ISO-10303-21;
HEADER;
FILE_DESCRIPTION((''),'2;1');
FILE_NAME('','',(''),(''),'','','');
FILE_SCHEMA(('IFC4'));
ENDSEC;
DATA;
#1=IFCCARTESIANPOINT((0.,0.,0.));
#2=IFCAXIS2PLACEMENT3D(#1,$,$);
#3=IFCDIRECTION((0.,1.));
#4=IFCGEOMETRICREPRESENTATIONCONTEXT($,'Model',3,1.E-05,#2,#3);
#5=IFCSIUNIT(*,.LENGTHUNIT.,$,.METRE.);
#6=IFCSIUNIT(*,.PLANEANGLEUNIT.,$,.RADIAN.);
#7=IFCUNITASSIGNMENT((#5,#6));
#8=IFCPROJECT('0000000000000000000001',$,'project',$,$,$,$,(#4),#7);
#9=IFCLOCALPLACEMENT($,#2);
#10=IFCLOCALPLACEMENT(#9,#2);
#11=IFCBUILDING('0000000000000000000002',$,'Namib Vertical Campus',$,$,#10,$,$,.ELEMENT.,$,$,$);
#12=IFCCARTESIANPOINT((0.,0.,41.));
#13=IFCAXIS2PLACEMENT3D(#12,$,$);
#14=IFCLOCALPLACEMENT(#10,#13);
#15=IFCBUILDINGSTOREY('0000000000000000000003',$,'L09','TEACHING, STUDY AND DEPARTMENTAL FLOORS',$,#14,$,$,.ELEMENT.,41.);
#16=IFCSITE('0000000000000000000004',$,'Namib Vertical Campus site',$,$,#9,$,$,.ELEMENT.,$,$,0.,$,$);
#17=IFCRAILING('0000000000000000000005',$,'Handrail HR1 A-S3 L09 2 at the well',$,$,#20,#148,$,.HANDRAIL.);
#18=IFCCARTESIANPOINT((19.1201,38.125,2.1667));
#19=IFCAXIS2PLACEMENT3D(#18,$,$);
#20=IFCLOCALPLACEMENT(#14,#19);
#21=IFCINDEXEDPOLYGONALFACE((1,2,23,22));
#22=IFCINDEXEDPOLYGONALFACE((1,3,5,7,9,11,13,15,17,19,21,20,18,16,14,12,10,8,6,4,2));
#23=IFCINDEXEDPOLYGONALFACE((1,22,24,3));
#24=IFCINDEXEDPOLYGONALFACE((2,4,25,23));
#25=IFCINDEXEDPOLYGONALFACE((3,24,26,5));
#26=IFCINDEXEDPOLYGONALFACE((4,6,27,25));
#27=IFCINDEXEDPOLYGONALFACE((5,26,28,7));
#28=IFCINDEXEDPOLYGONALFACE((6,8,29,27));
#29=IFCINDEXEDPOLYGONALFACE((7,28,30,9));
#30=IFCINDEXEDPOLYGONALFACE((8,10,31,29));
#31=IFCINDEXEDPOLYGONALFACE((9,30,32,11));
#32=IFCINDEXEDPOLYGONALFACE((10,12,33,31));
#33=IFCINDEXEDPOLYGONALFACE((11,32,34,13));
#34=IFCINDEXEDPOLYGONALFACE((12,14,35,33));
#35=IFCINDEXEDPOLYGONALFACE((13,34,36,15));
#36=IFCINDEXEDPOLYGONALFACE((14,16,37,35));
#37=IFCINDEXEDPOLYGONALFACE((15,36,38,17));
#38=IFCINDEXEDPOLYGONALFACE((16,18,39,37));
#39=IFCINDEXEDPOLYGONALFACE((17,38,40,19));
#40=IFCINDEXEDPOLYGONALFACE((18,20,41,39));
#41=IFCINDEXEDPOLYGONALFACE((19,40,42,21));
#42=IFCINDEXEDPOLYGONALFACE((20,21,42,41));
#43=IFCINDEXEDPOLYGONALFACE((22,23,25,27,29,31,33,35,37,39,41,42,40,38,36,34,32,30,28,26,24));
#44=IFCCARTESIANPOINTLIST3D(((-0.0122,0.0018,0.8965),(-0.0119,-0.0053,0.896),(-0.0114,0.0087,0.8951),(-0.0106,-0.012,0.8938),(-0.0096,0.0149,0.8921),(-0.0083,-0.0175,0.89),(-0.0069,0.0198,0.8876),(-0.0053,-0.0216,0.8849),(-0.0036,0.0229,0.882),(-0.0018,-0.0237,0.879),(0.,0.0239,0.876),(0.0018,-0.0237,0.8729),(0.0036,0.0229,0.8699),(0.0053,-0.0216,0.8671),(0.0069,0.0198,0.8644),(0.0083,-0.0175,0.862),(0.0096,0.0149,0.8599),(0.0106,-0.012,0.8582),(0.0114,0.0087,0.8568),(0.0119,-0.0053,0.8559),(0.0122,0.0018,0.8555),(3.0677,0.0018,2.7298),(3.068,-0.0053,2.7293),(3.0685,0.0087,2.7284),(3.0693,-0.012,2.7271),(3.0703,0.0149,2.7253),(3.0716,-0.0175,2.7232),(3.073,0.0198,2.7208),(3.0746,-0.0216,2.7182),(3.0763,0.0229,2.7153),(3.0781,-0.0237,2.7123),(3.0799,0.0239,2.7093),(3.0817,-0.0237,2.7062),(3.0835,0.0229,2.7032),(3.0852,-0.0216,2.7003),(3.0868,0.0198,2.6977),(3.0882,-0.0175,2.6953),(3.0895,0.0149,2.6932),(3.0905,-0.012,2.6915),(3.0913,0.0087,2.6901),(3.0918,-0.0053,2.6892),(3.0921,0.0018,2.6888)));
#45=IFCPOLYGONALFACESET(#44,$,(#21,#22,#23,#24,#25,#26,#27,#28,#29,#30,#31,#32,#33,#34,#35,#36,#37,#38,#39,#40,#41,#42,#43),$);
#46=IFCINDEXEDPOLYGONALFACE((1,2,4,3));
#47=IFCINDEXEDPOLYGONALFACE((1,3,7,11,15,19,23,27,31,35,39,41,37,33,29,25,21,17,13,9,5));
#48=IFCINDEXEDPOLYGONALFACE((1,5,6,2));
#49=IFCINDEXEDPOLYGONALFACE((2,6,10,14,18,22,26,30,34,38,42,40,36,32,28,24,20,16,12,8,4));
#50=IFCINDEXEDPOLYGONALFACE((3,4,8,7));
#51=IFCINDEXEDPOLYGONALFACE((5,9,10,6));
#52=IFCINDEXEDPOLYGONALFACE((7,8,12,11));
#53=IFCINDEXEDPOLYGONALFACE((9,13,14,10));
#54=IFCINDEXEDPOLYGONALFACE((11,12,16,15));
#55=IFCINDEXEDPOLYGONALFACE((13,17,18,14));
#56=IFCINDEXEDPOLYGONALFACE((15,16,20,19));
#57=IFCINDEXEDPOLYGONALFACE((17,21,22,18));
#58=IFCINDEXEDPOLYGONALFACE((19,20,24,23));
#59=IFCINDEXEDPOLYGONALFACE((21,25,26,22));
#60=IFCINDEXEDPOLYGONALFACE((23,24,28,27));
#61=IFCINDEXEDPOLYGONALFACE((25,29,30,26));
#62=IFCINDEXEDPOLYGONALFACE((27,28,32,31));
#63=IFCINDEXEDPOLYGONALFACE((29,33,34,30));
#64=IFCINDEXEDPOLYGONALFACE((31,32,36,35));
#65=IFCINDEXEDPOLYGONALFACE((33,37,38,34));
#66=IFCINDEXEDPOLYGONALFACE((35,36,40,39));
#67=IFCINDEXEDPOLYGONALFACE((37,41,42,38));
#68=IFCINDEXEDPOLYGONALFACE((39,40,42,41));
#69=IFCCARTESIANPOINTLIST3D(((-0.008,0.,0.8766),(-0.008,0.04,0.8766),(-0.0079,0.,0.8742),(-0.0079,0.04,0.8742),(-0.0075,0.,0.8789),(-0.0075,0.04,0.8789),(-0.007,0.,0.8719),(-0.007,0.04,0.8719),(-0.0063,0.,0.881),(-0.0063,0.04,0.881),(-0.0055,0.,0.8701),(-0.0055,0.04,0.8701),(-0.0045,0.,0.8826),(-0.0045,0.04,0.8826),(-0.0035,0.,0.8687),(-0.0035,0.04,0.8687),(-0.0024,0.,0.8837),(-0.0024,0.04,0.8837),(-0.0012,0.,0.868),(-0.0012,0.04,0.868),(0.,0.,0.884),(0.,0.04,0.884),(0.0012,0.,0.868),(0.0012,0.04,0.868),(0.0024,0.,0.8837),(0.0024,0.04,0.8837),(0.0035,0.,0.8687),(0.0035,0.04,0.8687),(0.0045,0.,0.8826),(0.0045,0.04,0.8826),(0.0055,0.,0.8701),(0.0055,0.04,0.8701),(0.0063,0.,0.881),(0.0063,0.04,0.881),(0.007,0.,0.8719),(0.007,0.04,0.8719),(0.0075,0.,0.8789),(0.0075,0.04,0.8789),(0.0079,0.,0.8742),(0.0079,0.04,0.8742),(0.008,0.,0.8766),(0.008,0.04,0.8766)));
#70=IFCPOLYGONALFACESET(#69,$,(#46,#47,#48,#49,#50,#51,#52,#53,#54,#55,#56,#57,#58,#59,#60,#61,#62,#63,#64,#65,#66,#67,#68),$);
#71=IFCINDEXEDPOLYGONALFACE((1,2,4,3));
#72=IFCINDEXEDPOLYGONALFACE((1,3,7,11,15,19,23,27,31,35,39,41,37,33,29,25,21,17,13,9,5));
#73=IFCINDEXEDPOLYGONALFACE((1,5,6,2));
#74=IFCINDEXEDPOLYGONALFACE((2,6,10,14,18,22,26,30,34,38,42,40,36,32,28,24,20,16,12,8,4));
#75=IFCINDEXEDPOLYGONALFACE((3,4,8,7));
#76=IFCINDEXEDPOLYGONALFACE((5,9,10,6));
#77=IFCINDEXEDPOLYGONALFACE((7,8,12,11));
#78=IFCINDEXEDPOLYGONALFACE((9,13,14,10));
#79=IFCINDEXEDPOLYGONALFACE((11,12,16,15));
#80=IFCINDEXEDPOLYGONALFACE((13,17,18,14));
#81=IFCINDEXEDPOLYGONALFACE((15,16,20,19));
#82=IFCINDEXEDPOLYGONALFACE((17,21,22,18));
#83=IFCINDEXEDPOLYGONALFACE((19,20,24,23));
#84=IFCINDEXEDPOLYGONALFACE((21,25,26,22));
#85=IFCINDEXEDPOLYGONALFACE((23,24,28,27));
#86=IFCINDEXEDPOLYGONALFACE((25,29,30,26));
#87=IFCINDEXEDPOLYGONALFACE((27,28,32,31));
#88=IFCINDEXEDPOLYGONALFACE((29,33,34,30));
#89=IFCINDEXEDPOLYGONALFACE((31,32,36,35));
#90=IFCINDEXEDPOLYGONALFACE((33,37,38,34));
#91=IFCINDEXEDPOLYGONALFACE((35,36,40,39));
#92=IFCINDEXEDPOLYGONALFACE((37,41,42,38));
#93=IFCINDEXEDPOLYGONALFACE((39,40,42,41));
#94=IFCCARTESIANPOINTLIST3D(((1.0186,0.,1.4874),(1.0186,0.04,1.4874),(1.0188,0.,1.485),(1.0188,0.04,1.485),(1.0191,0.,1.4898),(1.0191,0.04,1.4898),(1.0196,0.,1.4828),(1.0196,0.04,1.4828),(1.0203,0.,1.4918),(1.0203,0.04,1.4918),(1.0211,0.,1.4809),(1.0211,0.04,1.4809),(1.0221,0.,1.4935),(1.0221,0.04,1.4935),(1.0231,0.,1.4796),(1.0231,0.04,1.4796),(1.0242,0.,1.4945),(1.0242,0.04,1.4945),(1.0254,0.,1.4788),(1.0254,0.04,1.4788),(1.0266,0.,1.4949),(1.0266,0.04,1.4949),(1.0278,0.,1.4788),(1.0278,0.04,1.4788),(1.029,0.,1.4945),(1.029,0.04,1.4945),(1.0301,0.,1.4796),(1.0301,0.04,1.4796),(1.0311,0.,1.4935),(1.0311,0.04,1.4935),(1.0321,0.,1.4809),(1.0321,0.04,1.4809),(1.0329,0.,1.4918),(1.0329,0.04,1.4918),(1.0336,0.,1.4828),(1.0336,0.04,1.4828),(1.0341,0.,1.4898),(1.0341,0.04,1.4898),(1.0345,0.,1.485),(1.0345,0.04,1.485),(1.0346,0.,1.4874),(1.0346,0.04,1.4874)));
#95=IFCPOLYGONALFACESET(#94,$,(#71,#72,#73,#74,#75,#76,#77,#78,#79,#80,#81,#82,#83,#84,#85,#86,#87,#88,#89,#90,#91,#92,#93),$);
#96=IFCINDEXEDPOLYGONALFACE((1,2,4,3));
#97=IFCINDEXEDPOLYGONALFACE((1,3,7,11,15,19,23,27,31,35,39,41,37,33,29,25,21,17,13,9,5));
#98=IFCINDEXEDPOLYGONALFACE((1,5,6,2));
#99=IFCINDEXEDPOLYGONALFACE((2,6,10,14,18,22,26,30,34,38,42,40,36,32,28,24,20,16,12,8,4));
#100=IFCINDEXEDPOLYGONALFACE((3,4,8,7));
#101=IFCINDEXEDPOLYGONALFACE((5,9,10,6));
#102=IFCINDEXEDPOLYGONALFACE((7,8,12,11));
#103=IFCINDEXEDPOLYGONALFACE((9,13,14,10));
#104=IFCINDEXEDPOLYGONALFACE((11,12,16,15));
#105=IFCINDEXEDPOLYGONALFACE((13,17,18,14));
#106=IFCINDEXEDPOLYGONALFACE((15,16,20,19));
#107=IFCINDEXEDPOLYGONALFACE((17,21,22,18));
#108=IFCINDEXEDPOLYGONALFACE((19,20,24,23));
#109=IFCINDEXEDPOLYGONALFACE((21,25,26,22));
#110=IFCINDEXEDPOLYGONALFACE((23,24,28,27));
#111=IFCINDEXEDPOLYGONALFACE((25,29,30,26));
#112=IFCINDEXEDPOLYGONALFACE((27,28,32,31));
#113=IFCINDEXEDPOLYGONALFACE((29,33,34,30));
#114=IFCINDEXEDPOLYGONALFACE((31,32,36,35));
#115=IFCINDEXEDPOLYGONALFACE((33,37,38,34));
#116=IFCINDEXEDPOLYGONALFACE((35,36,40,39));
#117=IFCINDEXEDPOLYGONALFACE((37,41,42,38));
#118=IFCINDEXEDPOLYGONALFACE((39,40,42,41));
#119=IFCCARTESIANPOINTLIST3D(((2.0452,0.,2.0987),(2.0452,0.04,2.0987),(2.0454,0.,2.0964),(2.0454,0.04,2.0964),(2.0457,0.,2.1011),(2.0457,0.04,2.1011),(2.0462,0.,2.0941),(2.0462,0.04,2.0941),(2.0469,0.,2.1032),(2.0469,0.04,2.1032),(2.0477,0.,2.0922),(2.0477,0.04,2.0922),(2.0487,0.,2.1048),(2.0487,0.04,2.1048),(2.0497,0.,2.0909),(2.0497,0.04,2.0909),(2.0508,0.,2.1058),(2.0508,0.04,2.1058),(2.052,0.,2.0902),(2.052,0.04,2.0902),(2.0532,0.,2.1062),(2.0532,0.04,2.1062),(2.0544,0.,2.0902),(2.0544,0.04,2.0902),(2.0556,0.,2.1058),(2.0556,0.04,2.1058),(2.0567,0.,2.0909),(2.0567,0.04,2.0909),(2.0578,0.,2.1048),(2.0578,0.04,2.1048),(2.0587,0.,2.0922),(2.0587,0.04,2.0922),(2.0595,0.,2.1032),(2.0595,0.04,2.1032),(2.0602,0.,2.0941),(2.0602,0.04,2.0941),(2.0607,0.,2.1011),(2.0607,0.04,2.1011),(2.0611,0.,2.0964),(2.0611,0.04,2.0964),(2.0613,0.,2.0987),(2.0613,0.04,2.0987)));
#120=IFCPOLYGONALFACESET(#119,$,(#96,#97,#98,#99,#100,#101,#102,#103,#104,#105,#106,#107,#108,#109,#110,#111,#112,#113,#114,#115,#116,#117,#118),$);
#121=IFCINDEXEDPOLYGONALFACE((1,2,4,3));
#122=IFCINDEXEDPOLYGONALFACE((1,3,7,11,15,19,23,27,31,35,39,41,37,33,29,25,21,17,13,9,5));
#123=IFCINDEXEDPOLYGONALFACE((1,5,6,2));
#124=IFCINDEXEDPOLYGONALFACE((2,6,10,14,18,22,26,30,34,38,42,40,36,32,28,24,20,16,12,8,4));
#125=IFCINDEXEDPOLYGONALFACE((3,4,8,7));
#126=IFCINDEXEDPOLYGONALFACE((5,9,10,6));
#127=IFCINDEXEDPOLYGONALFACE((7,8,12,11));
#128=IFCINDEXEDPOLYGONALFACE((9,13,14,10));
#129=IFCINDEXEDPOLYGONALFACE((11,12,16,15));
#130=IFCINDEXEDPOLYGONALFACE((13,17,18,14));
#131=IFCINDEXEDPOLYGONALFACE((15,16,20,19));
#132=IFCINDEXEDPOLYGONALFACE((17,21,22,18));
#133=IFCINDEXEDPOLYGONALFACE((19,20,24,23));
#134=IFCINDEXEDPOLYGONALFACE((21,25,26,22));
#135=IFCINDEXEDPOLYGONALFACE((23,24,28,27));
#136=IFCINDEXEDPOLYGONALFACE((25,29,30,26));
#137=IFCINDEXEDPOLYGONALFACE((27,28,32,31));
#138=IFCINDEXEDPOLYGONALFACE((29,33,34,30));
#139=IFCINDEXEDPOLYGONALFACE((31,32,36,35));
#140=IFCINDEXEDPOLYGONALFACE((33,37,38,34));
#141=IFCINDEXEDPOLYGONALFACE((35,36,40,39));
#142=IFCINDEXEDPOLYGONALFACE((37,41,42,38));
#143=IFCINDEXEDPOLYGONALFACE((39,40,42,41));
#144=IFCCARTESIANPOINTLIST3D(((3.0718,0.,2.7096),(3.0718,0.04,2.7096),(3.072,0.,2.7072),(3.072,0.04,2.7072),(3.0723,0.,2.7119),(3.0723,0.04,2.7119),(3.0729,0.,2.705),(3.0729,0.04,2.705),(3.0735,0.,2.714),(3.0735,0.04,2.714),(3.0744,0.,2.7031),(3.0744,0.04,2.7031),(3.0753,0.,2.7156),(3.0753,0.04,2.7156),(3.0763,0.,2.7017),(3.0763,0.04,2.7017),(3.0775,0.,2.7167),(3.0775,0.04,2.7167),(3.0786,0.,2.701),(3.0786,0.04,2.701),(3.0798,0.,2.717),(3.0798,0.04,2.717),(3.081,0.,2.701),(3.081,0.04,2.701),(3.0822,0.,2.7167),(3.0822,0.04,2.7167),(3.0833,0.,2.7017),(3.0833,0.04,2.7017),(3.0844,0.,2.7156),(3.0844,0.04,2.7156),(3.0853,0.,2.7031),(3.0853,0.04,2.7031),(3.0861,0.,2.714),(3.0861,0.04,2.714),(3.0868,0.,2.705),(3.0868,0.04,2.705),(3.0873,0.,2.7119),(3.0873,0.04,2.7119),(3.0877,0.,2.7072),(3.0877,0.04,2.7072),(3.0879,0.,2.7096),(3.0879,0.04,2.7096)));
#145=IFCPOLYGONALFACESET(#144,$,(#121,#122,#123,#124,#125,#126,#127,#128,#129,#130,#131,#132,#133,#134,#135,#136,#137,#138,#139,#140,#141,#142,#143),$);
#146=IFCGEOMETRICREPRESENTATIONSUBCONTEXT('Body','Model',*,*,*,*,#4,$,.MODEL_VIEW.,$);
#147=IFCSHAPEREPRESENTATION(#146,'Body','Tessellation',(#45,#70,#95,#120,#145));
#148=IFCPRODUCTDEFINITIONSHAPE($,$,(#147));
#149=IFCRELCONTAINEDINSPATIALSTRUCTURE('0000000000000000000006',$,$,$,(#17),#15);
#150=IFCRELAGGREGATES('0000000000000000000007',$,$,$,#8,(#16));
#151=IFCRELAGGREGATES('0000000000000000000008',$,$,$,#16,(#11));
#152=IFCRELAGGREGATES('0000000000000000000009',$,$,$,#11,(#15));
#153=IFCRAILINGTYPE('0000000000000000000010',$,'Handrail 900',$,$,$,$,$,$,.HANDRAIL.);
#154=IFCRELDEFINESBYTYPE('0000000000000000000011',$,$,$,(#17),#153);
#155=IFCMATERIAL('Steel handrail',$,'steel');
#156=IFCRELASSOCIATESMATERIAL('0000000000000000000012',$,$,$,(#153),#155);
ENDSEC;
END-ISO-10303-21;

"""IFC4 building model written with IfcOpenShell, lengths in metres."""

from ifc_helpers import new_model, si_unit, direction, frame, origin, origin_2d, place, context, subcontext, project, spatial, circle, extrude, material, type_object, element, save


model = new_model("IFC4")

# Units and contexts
model_context = context("Model", 3, precision=1e-05, world=origin(), true_north=direction((0.0, 1.0)))
body_context = subcontext(model_context, "Body", "Model", "MODEL_VIEW")
ifc_project = project(units=[si_unit("LENGTHUNIT", "METRE"), si_unit("PLANEANGLEUNIT", "RADIAN")], contexts=[model_context])

# Site, building, storey
site_placement = place(None, origin())
site = spatial("IfcSite", under=ifc_project, at=site_placement, Name="Namib Vertical Campus site", CompositionType="ELEMENT", RefElevation=0.0)
building_placement = place(site_placement, origin())
building = spatial("IfcBuilding", under=site, at=building_placement, Name="Namib Vertical Campus", CompositionType="ELEMENT")
storey_placement = place(building_placement, frame((0.0, 0.0, 41.0)))
storey = spatial("IfcBuildingStorey", under=building, at=storey_placement, Name="L09", Description="TEACHING, STUDY AND DEPARTMENTAL FLOORS", CompositionType="ELEMENT", Elevation=41.0)

# Railing
ifc_material_1 = material(Name="Steel handrail", Category="steel")
railing_type = type_object("IfcRailingType", Name="Handrail 900", PredefinedType="HANDRAIL", material=ifc_material_1)
railing_1_placement = place(storey_placement, frame((19.1201, 38.125, 2.1667)))
element("IfcRailing", 1, at=railing_1_placement, inside=storey, type_object=railing_type, Name="Handrail HR1 A-S3 L09 2 at the well", PredefinedType="HANDRAIL", context=body_context, shape_type="SweptSolid", body=[
    extrude(circle(Radius=0.0239, at=origin_2d()), frame((0.0, 0.0, 0.876), z_axis=(0.859291, 0.0, 0.511487), x_axis=(0.0, 1.0, 0.0)), (0.0, 0.0, 1.0), 3.5842),
    extrude(circle(Radius=0.0081, at=origin_2d()), frame((0.0, 0.0, 0.876), z_axis=(0.0, 1.0, 0.0), x_axis=(0.0, 0.0, 1.0)), (0.0, 0.0, 1.0), 0.04),
    extrude(circle(Radius=0.0081, at=origin_2d()), frame((1.0266, 0.0, 1.4868), z_axis=(0.0, 1.0, 0.0), x_axis=(0.0, 0.0, 1.0)), (0.0, 0.0, 1.0), 0.04),
    extrude(circle(Radius=0.0081, at=origin_2d()), frame((2.0532, 0.0, 2.0981), z_axis=(0.0, 1.0, 0.0), x_axis=(0.0, 0.0, 1.0)), (0.0, 0.0, 1.0), 0.04),
    extrude(circle(Radius=0.0081, at=origin_2d()), frame((3.0798, 0.0, 2.709), z_axis=(0.0, 1.0, 0.0), x_axis=(0.0, 0.0, 1.0)), (0.0, 0.0, 1.0), 0.04),
])

save(model, "model.ifc")
